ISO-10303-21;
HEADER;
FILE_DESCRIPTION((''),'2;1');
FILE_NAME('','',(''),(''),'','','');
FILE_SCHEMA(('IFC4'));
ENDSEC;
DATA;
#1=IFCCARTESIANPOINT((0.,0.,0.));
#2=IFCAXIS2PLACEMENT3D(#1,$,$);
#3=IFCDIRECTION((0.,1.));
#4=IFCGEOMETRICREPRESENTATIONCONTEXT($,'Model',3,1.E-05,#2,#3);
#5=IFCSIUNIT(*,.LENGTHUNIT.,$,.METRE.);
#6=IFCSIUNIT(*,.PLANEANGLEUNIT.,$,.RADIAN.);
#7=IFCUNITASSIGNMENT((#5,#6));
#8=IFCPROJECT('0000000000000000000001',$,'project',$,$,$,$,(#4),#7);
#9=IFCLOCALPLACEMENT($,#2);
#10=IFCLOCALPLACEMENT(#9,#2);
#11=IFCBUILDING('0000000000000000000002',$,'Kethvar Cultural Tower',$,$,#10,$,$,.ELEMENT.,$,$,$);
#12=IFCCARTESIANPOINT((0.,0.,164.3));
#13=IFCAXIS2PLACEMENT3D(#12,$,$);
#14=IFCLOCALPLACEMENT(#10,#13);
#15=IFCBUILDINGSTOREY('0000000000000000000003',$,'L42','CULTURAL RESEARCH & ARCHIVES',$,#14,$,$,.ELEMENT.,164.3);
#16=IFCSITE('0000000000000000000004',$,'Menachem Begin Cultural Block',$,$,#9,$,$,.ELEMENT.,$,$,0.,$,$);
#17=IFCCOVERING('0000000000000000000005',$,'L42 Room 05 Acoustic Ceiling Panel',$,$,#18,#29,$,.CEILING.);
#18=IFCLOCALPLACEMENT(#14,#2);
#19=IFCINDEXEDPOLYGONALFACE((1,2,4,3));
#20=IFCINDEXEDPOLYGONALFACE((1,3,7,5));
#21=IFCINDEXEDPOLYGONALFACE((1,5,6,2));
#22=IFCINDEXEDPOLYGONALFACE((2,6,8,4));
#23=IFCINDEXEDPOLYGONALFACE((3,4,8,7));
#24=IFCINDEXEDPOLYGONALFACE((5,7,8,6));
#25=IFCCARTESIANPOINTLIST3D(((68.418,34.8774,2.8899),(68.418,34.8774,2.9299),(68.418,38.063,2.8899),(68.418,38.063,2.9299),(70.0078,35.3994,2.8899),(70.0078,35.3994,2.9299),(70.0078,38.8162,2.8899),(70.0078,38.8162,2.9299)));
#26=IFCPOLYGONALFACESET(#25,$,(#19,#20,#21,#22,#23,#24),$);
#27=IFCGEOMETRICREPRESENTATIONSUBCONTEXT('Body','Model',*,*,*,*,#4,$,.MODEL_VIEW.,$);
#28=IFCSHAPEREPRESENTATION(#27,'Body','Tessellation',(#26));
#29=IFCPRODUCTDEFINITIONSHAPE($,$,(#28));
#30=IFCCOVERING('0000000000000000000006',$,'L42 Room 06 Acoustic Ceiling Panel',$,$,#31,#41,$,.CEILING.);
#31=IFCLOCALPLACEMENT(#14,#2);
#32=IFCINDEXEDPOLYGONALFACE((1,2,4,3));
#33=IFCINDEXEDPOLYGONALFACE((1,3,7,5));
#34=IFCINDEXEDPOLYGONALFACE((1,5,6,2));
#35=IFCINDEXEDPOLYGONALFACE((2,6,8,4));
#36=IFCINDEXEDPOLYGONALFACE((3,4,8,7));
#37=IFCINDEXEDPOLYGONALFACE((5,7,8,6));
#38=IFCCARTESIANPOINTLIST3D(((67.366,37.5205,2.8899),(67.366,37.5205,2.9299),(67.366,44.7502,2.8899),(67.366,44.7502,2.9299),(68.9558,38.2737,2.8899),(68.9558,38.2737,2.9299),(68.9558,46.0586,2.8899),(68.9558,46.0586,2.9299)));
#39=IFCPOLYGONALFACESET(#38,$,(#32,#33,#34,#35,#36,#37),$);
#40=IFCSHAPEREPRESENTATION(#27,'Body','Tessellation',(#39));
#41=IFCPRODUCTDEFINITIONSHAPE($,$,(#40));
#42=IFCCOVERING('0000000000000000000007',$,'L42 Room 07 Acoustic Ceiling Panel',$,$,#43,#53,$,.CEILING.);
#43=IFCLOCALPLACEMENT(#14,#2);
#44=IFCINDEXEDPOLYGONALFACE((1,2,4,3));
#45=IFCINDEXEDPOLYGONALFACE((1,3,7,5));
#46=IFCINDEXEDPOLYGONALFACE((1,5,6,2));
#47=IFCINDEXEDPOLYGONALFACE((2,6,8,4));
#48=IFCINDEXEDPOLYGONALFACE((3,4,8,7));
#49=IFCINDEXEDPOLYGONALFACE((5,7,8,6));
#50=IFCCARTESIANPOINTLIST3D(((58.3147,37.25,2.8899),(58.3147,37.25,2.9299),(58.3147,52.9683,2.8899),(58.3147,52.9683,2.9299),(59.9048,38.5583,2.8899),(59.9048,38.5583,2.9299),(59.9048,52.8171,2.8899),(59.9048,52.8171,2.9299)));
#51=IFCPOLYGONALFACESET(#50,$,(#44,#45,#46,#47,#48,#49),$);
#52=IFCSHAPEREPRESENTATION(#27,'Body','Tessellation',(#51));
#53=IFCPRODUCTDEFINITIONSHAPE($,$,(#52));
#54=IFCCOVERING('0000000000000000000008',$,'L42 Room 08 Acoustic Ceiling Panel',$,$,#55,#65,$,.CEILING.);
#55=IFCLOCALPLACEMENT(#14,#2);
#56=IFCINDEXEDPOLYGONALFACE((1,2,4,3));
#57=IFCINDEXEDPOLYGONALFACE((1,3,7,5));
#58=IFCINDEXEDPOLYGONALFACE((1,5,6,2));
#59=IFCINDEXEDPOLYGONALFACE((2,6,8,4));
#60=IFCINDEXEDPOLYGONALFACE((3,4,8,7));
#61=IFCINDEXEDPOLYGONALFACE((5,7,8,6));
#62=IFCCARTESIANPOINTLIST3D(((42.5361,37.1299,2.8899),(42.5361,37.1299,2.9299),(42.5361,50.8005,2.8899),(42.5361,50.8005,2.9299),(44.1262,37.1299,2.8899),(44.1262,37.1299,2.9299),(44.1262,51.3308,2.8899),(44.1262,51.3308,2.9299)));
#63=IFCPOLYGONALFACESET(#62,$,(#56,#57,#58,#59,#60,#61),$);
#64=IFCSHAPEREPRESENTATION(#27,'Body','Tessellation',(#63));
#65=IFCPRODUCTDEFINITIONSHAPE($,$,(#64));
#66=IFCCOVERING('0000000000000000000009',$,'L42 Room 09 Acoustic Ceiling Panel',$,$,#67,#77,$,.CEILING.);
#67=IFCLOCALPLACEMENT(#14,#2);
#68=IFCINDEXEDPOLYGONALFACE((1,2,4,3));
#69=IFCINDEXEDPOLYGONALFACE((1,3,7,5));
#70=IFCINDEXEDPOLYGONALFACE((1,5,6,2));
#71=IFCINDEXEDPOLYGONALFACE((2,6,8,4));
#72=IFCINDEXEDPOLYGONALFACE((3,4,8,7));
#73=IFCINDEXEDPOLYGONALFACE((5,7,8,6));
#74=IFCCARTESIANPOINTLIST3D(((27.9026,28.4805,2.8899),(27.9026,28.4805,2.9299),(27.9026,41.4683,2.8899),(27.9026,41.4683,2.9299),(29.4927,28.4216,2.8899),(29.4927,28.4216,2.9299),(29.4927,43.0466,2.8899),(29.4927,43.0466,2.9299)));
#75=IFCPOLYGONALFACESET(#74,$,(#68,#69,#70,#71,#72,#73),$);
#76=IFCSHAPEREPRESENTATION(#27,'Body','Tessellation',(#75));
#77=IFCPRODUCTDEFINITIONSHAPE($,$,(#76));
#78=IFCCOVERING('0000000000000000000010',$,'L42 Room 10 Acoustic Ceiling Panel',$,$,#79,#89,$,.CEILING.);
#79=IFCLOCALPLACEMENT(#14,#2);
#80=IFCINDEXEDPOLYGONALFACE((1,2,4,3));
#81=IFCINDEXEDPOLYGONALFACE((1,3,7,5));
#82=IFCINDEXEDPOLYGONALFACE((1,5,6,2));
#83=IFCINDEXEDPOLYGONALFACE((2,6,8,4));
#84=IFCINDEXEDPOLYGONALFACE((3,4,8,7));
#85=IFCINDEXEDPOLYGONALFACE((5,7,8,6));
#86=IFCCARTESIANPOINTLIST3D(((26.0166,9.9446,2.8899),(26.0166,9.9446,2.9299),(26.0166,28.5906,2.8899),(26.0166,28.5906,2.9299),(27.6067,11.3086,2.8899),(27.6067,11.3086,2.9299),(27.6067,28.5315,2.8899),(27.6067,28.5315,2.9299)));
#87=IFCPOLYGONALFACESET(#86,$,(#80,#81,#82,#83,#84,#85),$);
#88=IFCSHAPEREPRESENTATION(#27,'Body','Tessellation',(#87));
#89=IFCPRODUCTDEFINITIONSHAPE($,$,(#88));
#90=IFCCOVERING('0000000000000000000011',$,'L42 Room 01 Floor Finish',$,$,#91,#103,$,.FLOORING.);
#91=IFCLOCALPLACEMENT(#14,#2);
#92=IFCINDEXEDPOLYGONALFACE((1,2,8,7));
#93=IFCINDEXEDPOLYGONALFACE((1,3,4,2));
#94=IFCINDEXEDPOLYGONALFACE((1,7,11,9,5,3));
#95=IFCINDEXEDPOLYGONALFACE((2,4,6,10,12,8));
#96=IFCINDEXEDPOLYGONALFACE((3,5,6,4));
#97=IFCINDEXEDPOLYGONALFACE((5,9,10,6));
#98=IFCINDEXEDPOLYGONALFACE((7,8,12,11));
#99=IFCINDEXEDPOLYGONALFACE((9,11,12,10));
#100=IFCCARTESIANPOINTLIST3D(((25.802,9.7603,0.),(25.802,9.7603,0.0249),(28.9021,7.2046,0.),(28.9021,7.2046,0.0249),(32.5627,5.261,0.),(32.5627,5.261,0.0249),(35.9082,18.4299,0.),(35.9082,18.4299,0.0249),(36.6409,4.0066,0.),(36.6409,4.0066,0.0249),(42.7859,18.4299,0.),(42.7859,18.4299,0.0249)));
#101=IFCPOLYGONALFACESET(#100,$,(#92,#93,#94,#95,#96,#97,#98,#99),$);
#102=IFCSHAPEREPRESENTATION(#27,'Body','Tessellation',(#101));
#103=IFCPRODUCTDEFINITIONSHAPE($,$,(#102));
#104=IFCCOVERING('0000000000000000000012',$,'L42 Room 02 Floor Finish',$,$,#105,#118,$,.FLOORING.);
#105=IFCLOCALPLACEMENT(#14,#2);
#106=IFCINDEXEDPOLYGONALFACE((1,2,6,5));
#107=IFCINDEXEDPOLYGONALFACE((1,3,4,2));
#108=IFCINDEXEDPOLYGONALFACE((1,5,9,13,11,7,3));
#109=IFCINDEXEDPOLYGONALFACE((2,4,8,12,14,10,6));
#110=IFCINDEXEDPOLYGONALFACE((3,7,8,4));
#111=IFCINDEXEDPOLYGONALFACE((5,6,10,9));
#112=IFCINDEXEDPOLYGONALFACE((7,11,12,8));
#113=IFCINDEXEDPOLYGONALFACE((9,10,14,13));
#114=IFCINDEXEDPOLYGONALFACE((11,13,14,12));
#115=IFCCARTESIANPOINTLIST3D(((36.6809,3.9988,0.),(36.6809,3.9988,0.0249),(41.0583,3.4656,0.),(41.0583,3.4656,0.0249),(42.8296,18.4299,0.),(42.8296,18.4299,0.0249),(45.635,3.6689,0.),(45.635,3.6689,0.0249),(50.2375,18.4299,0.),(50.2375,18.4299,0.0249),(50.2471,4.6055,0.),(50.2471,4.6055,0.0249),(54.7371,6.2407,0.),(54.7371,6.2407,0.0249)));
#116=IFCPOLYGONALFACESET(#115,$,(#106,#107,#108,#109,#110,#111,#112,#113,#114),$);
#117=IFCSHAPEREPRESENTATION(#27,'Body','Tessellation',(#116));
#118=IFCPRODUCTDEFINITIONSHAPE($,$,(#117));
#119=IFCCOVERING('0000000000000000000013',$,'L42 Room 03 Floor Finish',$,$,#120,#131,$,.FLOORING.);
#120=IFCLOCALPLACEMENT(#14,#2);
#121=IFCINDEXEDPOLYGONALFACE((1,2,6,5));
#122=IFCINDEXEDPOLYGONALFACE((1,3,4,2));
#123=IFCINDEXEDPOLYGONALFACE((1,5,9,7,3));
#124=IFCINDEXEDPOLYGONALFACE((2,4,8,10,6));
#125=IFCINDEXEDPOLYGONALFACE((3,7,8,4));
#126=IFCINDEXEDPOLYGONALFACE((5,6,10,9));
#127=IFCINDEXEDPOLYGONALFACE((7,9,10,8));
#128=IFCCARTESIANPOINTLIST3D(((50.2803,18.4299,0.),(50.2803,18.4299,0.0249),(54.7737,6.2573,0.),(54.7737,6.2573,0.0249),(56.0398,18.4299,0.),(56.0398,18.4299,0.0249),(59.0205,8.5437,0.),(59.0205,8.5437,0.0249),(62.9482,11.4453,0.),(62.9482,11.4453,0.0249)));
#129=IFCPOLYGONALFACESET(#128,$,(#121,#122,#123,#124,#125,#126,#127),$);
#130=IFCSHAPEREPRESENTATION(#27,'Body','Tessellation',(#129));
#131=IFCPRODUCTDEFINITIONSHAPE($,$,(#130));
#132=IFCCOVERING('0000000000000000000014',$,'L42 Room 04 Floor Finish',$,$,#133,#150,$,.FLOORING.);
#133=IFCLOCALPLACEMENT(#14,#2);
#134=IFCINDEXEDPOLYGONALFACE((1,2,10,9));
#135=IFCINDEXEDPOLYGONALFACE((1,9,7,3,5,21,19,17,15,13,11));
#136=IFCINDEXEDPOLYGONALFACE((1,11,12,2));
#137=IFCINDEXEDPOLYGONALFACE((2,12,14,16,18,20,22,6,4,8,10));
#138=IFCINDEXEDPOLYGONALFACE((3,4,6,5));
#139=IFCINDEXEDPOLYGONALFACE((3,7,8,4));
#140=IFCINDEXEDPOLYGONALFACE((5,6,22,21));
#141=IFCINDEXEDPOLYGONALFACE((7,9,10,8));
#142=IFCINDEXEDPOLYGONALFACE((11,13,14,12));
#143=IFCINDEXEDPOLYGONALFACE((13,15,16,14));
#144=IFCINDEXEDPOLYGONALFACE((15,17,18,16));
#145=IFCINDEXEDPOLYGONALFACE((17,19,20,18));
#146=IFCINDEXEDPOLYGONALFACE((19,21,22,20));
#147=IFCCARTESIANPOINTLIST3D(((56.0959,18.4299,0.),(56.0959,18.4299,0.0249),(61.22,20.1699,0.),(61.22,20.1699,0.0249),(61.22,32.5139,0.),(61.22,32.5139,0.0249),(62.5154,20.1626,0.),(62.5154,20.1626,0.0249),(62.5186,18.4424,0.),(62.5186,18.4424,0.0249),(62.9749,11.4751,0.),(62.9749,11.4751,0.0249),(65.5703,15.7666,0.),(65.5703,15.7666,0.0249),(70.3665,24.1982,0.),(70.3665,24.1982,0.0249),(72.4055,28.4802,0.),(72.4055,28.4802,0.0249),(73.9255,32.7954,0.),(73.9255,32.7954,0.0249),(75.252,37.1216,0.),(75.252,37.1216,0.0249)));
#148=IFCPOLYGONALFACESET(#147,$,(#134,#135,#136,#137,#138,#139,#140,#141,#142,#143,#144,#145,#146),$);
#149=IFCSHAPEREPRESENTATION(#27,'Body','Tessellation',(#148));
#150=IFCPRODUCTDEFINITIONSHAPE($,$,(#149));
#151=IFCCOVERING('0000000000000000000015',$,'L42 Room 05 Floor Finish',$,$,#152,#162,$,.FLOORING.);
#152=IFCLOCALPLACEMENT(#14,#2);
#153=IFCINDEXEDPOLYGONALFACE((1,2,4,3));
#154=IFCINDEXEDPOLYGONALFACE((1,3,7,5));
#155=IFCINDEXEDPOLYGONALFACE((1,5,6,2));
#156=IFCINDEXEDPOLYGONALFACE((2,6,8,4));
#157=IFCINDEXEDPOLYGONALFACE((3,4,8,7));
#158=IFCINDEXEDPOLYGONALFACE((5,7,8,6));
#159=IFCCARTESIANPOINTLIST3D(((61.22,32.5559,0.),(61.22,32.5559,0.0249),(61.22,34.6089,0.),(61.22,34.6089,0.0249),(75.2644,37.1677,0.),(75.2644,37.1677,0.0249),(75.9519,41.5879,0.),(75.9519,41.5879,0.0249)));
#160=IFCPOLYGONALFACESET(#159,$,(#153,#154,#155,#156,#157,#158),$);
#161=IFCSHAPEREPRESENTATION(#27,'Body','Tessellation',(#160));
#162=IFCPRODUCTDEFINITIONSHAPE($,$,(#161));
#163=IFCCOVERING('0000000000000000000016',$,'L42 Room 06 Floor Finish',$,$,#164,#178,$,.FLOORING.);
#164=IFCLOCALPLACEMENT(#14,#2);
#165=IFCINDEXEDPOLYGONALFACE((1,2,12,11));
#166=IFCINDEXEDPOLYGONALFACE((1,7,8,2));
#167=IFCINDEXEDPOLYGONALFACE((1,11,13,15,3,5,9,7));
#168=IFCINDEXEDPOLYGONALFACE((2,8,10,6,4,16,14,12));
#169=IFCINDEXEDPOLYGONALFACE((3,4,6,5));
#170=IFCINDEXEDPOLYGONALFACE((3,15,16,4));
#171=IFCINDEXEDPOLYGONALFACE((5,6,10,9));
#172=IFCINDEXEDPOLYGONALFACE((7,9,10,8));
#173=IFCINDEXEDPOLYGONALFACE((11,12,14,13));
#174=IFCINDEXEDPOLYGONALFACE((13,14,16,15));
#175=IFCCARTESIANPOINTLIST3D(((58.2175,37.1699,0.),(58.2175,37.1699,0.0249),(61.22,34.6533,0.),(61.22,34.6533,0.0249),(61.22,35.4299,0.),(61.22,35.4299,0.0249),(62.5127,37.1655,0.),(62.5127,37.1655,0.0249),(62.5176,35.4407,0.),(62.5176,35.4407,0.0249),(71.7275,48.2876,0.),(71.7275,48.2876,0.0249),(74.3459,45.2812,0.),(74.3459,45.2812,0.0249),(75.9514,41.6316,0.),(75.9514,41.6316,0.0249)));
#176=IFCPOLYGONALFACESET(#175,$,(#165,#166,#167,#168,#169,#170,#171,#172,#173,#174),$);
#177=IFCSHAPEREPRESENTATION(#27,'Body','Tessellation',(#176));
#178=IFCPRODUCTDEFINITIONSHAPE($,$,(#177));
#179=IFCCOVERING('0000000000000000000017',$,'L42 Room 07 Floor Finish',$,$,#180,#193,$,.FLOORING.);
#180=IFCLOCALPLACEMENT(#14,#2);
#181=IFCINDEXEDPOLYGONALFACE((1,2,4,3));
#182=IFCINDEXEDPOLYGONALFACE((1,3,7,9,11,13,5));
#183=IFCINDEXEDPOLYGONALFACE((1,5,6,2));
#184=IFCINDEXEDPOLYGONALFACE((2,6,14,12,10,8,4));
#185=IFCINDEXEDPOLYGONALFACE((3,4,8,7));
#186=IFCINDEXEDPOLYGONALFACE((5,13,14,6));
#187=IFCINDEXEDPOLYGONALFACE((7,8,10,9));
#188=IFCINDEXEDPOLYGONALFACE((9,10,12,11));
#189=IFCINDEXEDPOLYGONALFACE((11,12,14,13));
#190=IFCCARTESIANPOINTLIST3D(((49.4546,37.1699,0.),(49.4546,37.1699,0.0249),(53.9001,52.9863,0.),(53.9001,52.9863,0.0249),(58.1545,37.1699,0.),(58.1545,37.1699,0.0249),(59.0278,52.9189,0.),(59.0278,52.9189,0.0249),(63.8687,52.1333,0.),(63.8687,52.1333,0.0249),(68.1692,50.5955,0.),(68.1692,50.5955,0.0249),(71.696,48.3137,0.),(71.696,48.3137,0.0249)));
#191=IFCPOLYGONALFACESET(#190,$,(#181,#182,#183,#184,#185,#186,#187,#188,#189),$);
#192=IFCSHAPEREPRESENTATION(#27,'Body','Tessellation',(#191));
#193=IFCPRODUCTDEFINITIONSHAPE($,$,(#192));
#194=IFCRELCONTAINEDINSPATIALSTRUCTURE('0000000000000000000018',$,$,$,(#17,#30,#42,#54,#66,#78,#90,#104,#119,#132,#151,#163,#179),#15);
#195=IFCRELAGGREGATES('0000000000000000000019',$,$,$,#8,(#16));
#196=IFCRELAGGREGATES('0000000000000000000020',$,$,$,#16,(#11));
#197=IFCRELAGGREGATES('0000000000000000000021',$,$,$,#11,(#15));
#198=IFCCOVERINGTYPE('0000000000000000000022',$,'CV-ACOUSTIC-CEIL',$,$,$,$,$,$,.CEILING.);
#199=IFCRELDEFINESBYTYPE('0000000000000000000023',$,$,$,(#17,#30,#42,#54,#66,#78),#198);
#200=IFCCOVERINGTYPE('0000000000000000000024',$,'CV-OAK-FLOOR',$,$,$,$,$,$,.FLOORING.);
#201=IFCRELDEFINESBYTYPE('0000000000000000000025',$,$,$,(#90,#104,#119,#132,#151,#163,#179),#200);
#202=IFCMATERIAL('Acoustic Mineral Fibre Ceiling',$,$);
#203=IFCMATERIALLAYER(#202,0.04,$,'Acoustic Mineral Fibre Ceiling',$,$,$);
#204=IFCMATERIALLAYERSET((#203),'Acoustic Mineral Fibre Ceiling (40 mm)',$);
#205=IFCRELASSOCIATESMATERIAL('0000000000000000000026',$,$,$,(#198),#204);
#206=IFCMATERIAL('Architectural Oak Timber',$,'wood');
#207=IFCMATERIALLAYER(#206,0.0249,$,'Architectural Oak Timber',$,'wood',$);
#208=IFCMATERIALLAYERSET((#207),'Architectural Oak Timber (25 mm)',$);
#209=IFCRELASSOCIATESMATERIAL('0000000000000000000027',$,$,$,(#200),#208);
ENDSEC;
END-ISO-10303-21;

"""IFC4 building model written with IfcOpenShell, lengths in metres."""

from ifc_helpers import new_model, si_unit, direction, frame, origin, place, context, subcontext, project, spatial, polyline, outline, extrude, material, layer, layer_set, type_object, element, save


model = new_model("IFC4")

# Units and contexts
model_context = context("Model", 3, precision=1e-05, world=origin(), true_north=direction((0.0, 1.0)))
body_context = subcontext(model_context, "Body", "Model", "MODEL_VIEW")
ifc_project = project(units=[si_unit("LENGTHUNIT", "METRE"), si_unit("PLANEANGLEUNIT", "RADIAN")], contexts=[model_context])

# Site, building, storey
site_placement = place(None, origin())
site = spatial("IfcSite", under=ifc_project, at=site_placement, Name="Menachem Begin Cultural Block", CompositionType="ELEMENT", RefElevation=0.0)
building_placement = place(site_placement, origin())
building = spatial("IfcBuilding", under=site, at=building_placement, Name="Kethvar Cultural Tower", CompositionType="ELEMENT")
storey_placement = place(building_placement, frame((0.0, 0.0, 164.3)))
storey = spatial("IfcBuildingStorey", under=building, at=storey_placement, Name="L42", Description="CULTURAL RESEARCH & ARCHIVES", CompositionType="ELEMENT", Elevation=164.3)

# Coverings
ifc_material_1 = material(Name="Acoustic Mineral Fibre Ceiling")
ifc_layer_1 = layer(ifc_material_1, 0.04, Name="Acoustic Mineral Fibre Ceiling")
ifc_layer_set_1 = layer_set([ifc_layer_1], Name="Acoustic Mineral Fibre Ceiling (40 mm)")
covering_type_1 = type_object("IfcCoveringType", Name="CV-ACOUSTIC-CEIL", PredefinedType="CEILING", material=ifc_layer_set_1)
covering_1_placement = place(storey_placement, frame((0.0, 0.0, 2.8899)))
element("IfcCovering", 1, at=covering_1_placement, inside=storey, type_object=covering_type_1, Name="L42 Room 05 Acoustic Ceiling Panel", PredefinedType="CEILING", context=body_context, shape_type="SweptSolid", body=[
    extrude(outline(polyline([(68.418, 34.8774), (68.418, 38.063), (70.0078, 38.8162), (70.0078, 35.3994), (68.418, 34.8774)])), origin(), (0.0, 0.0, 1.0), 0.04),
])
covering_2_placement = place(storey_placement, frame((0.0, 0.0, 2.8899)))
element("IfcCovering", 2, at=covering_2_placement, inside=storey, type_object=covering_type_1, Name="L42 Room 06 Acoustic Ceiling Panel", PredefinedType="CEILING", context=body_context, shape_type="SweptSolid", body=[
    extrude(outline(polyline([(67.366, 37.5205), (67.366, 44.7502), (68.9558, 46.0586), (68.9558, 38.2737), (67.366, 37.5205)])), origin(), (0.0, 0.0, 1.0), 0.04),
])
covering_3_placement = place(storey_placement, frame((0.0, 0.0, 2.8899)))
element("IfcCovering", 3, at=covering_3_placement, inside=storey, type_object=covering_type_1, Name="L42 Room 07 Acoustic Ceiling Panel", PredefinedType="CEILING", context=body_context, shape_type="SweptSolid", body=[
    extrude(outline(polyline([(58.3147, 52.9683), (59.9048, 52.8171), (59.9048, 38.5583), (58.3147, 37.25), (58.3147, 52.9683)])), origin(), (0.0, 0.0, 1.0), 0.04),
])
covering_4_placement = place(storey_placement, frame((0.0, 0.0, 2.8899)))
element("IfcCovering", 4, at=covering_4_placement, inside=storey, type_object=covering_type_1, Name="L42 Room 08 Acoustic Ceiling Panel", PredefinedType="CEILING", context=body_context, shape_type="SweptSolid", body=[
    extrude(outline(polyline([(42.5361, 50.8005), (44.1262, 51.3308), (44.1262, 37.1299), (42.5361, 37.1299), (42.5361, 50.8005)])), origin(), (0.0, 0.0, 1.0), 0.04),
])
covering_5_placement = place(storey_placement, frame((0.0, 0.0, 2.8899)))
element("IfcCovering", 5, at=covering_5_placement, inside=storey, type_object=covering_type_1, Name="L42 Room 09 Acoustic Ceiling Panel", PredefinedType="CEILING", context=body_context, shape_type="SweptSolid", body=[
    extrude(outline(polyline([(29.4927, 43.0466), (29.4927, 28.4216), (27.9026, 28.4805), (27.9026, 41.4683), (29.4927, 43.0466)])), origin(), (0.0, 0.0, 1.0), 0.04),
])
covering_6_placement = place(storey_placement, frame((0.0, 0.0, 2.8899)))
element("IfcCovering", 6, at=covering_6_placement, inside=storey, type_object=covering_type_1, Name="L42 Room 10 Acoustic Ceiling Panel", PredefinedType="CEILING", context=body_context, shape_type="SweptSolid", body=[
    extrude(outline(polyline([(27.6067, 28.5315), (27.6067, 11.3086), (26.0166, 9.9446), (26.0166, 28.5906), (27.6067, 28.5315)])), origin(), (0.0, 0.0, 1.0), 0.04),
])
ifc_material_2 = material(Name="Architectural Oak Timber", Category="wood")
ifc_layer_2 = layer(ifc_material_2, 0.0249, Name="Architectural Oak Timber", Category="wood")
ifc_layer_set_2 = layer_set([ifc_layer_2], Name="Architectural Oak Timber (25 mm)")
covering_type_2 = type_object("IfcCoveringType", Name="CV-OAK-FLOOR", PredefinedType="FLOORING", material=ifc_layer_set_2)
covering_7_placement = place(storey_placement, origin())
element("IfcCovering", 7, at=covering_7_placement, inside=storey, type_object=covering_type_2, Name="L42 Room 01 Floor Finish", PredefinedType="FLOORING", context=body_context, shape_type="SweptSolid", body=[
    extrude(outline(polyline([(36.6409, 4.0066), (32.5627, 5.261), (28.9021, 7.2046), (25.802, 9.7603), (35.9082, 18.4299), (42.7859, 18.4299), (36.6409, 4.0066)])), origin(), (0.0, 0.0, 1.0), 0.0249),
])
covering_8_placement = place(storey_placement, origin())
element("IfcCovering", 8, at=covering_8_placement, inside=storey, type_object=covering_type_2, Name="L42 Room 02 Floor Finish", PredefinedType="FLOORING", context=body_context, shape_type="SweptSolid", body=[
    extrude(outline(polyline([(50.2471, 4.6055), (45.635, 3.6689), (41.0583, 3.4656), (36.6809, 3.9988), (42.8296, 18.4299), (50.2375, 18.4299), (54.7371, 6.2407), (50.2471, 4.6055)])), origin(), (0.0, 0.0, 1.0), 0.0249),
])
covering_9_placement = place(storey_placement, origin())
element("IfcCovering", 9, at=covering_9_placement, inside=storey, type_object=covering_type_2, Name="L42 Room 03 Floor Finish", PredefinedType="FLOORING", context=body_context, shape_type="SweptSolid", body=[
    extrude(outline(polyline([(59.0205, 8.5437), (54.7737, 6.2573), (50.2803, 18.4299), (56.0398, 18.4299), (62.9482, 11.4453), (59.0205, 8.5437)])), origin(), (0.0, 0.0, 1.0), 0.0249),
])
covering_10_placement = place(storey_placement, origin())
element("IfcCovering", 10, at=covering_10_placement, inside=storey, type_object=covering_type_2, Name="L42 Room 04 Floor Finish", PredefinedType="FLOORING", context=body_context, shape_type="SweptSolid", body=[
    extrude(outline(polyline([(73.9255, 32.7954), (72.4055, 28.4802), (70.3665, 24.1982), (65.5703, 15.7666), (62.9749, 11.4751), (56.0959, 18.4299), (62.5186, 18.4424), (62.5154, 20.1626), (61.22, 20.1699), (61.22, 32.5139), (75.252, 37.1216), (73.9255, 32.7954)])), origin(), (0.0, 0.0, 1.0), 0.0249),
])
covering_11_placement = place(storey_placement, origin())
element("IfcCovering", 11, at=covering_11_placement, inside=storey, type_object=covering_type_2, Name="L42 Room 05 Floor Finish", PredefinedType="FLOORING", context=body_context, shape_type="SweptSolid", body=[
    extrude(outline(polyline([(75.2644, 37.1677), (61.22, 32.5559), (61.22, 34.6089), (75.9519, 41.5879), (75.2644, 37.1677)])), origin(), (0.0, 0.0, 1.0), 0.0249),
])
covering_12_placement = place(storey_placement, origin())
element("IfcCovering", 12, at=covering_12_placement, inside=storey, type_object=covering_type_2, Name="L42 Room 06 Floor Finish", PredefinedType="FLOORING", context=body_context, shape_type="SweptSolid", body=[
    extrude(outline(polyline([(74.3459, 45.2812), (75.9514, 41.6316), (61.22, 34.6533), (61.22, 35.4299), (62.5176, 35.4407), (62.5127, 37.1655), (58.2175, 37.1699), (71.7275, 48.2876), (74.3459, 45.2812)])), origin(), (0.0, 0.0, 1.0), 0.0249),
])
covering_13_placement = place(storey_placement, origin())
element("IfcCovering", 13, at=covering_13_placement, inside=storey, type_object=covering_type_2, Name="L42 Room 07 Floor Finish", PredefinedType="FLOORING", context=body_context, shape_type="SweptSolid", body=[
    extrude(outline(polyline([(59.0278, 52.9189), (63.8687, 52.1333), (68.1692, 50.5955), (71.696, 48.3137), (58.1545, 37.1699), (49.4546, 37.1699), (53.9001, 52.9863), (59.0278, 52.9189)])), origin(), (0.0, 0.0, 1.0), 0.0249),
])

save(model, "model.ifc")
